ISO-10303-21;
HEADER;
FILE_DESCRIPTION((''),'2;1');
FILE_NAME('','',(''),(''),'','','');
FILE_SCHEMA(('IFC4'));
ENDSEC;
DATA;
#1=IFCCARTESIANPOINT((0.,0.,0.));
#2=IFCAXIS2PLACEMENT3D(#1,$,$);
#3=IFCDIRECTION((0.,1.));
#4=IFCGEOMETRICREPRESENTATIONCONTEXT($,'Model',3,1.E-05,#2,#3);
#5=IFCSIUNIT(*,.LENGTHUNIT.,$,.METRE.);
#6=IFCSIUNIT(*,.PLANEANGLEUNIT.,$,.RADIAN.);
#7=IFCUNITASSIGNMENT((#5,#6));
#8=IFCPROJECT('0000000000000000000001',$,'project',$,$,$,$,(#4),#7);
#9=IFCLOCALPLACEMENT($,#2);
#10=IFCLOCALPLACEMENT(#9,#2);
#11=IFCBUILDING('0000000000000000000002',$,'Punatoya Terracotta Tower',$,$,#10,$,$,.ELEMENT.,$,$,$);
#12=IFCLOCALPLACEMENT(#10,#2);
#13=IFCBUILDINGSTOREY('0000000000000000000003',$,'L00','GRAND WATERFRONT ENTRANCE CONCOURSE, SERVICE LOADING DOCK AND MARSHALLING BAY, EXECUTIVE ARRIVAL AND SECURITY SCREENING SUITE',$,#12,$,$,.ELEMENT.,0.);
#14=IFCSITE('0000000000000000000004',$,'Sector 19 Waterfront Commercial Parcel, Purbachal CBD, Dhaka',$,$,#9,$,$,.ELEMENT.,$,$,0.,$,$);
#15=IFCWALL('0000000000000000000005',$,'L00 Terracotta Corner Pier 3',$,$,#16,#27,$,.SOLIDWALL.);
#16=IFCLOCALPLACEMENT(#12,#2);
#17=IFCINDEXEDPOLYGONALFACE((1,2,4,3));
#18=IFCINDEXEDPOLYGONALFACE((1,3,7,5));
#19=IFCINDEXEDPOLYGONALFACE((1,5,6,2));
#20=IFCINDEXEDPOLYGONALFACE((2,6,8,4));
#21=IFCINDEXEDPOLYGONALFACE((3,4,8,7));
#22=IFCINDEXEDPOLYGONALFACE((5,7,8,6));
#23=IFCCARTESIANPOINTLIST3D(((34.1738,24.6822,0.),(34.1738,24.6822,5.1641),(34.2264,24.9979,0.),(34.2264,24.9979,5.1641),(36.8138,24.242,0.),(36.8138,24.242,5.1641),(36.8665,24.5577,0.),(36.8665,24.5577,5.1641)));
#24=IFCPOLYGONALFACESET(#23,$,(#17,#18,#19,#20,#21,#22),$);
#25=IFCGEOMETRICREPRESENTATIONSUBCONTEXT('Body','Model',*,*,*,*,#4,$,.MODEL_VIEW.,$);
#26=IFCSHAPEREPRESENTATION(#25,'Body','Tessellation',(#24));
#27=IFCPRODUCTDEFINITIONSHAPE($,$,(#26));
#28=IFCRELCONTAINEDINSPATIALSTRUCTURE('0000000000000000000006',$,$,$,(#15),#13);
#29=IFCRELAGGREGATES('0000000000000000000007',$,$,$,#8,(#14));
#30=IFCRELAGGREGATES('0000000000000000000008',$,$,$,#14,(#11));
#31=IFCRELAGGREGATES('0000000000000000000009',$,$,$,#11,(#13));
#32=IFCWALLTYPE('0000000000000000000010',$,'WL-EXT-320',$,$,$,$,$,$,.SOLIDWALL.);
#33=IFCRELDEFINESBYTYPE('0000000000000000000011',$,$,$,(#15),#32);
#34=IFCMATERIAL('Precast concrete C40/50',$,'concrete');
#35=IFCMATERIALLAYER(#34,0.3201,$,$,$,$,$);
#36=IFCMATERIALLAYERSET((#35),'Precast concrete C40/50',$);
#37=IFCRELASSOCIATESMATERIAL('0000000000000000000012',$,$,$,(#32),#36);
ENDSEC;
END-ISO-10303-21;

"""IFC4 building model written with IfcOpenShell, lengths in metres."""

from ifc_helpers import new_model, si_unit, direction, frame, frame_2d, origin, place, context, subcontext, project, spatial, rectangle, extrude, material, layer, layer_set, type_object, element, save


model = new_model("IFC4")

# Units and contexts
model_context = context("Model", 3, precision=1e-05, world=origin(), true_north=direction((0.0, 1.0)))
body_context = subcontext(model_context, "Body", "Model", "MODEL_VIEW")
ifc_project = project(units=[si_unit("LENGTHUNIT", "METRE"), si_unit("PLANEANGLEUNIT", "RADIAN")], contexts=[model_context])

# Site, building, storey
site_placement = place(None, origin())
site = spatial("IfcSite", under=ifc_project, at=site_placement, Name="Sector 19 Waterfront Commercial Parcel, Purbachal CBD, Dhaka", CompositionType="ELEMENT", RefElevation=0.0)
building_placement = place(site_placement, origin())
building = spatial("IfcBuilding", under=site, at=building_placement, Name="Punatoya Terracotta Tower", CompositionType="ELEMENT")
storey_placement = place(building_placement, origin())
storey = spatial("IfcBuildingStorey", under=building, at=storey_placement, Name="L00", Description="GRAND WATERFRONT ENTRANCE CONCOURSE, SERVICE LOADING DOCK AND MARSHALLING BAY, EXECUTIVE ARRIVAL AND SECURITY SCREENING SUITE", CompositionType="ELEMENT", Elevation=0.0)

# Shared definitions
ifc_material_1 = material(Name="Precast concrete C40/50", Category="concrete")
ifc_layer_1 = layer(ifc_material_1, 0.3201)
ifc_layer_set_1 = layer_set([ifc_layer_1], Name="Precast concrete C40/50")
wall_type = type_object("IfcWallType", Name="WL-EXT-320", PredefinedType="SOLIDWALL", material=ifc_layer_set_1)

# Wall
wall_1_placement = place(storey_placement, frame((34.2, 24.8401, 0.0), z_axis=(0.0, 0.0, 1.0), x_axis=(0.986384, -0.164458, 0.0)))
element("IfcWall", 1, at=wall_1_placement, inside=storey, type_object=wall_type, Name="L00 Terracotta Corner Pier 3", PredefinedType="SOLIDWALL", context=body_context, shape_type="SweptSolid", body=[
    extrude(rectangle(XDim=2.6765, YDim=0.3201, at=frame_2d((1.3384, 0.0))), origin(), (0.0, 0.0, 1.0), 5.1641),
])

save(model, "model.ifc")
